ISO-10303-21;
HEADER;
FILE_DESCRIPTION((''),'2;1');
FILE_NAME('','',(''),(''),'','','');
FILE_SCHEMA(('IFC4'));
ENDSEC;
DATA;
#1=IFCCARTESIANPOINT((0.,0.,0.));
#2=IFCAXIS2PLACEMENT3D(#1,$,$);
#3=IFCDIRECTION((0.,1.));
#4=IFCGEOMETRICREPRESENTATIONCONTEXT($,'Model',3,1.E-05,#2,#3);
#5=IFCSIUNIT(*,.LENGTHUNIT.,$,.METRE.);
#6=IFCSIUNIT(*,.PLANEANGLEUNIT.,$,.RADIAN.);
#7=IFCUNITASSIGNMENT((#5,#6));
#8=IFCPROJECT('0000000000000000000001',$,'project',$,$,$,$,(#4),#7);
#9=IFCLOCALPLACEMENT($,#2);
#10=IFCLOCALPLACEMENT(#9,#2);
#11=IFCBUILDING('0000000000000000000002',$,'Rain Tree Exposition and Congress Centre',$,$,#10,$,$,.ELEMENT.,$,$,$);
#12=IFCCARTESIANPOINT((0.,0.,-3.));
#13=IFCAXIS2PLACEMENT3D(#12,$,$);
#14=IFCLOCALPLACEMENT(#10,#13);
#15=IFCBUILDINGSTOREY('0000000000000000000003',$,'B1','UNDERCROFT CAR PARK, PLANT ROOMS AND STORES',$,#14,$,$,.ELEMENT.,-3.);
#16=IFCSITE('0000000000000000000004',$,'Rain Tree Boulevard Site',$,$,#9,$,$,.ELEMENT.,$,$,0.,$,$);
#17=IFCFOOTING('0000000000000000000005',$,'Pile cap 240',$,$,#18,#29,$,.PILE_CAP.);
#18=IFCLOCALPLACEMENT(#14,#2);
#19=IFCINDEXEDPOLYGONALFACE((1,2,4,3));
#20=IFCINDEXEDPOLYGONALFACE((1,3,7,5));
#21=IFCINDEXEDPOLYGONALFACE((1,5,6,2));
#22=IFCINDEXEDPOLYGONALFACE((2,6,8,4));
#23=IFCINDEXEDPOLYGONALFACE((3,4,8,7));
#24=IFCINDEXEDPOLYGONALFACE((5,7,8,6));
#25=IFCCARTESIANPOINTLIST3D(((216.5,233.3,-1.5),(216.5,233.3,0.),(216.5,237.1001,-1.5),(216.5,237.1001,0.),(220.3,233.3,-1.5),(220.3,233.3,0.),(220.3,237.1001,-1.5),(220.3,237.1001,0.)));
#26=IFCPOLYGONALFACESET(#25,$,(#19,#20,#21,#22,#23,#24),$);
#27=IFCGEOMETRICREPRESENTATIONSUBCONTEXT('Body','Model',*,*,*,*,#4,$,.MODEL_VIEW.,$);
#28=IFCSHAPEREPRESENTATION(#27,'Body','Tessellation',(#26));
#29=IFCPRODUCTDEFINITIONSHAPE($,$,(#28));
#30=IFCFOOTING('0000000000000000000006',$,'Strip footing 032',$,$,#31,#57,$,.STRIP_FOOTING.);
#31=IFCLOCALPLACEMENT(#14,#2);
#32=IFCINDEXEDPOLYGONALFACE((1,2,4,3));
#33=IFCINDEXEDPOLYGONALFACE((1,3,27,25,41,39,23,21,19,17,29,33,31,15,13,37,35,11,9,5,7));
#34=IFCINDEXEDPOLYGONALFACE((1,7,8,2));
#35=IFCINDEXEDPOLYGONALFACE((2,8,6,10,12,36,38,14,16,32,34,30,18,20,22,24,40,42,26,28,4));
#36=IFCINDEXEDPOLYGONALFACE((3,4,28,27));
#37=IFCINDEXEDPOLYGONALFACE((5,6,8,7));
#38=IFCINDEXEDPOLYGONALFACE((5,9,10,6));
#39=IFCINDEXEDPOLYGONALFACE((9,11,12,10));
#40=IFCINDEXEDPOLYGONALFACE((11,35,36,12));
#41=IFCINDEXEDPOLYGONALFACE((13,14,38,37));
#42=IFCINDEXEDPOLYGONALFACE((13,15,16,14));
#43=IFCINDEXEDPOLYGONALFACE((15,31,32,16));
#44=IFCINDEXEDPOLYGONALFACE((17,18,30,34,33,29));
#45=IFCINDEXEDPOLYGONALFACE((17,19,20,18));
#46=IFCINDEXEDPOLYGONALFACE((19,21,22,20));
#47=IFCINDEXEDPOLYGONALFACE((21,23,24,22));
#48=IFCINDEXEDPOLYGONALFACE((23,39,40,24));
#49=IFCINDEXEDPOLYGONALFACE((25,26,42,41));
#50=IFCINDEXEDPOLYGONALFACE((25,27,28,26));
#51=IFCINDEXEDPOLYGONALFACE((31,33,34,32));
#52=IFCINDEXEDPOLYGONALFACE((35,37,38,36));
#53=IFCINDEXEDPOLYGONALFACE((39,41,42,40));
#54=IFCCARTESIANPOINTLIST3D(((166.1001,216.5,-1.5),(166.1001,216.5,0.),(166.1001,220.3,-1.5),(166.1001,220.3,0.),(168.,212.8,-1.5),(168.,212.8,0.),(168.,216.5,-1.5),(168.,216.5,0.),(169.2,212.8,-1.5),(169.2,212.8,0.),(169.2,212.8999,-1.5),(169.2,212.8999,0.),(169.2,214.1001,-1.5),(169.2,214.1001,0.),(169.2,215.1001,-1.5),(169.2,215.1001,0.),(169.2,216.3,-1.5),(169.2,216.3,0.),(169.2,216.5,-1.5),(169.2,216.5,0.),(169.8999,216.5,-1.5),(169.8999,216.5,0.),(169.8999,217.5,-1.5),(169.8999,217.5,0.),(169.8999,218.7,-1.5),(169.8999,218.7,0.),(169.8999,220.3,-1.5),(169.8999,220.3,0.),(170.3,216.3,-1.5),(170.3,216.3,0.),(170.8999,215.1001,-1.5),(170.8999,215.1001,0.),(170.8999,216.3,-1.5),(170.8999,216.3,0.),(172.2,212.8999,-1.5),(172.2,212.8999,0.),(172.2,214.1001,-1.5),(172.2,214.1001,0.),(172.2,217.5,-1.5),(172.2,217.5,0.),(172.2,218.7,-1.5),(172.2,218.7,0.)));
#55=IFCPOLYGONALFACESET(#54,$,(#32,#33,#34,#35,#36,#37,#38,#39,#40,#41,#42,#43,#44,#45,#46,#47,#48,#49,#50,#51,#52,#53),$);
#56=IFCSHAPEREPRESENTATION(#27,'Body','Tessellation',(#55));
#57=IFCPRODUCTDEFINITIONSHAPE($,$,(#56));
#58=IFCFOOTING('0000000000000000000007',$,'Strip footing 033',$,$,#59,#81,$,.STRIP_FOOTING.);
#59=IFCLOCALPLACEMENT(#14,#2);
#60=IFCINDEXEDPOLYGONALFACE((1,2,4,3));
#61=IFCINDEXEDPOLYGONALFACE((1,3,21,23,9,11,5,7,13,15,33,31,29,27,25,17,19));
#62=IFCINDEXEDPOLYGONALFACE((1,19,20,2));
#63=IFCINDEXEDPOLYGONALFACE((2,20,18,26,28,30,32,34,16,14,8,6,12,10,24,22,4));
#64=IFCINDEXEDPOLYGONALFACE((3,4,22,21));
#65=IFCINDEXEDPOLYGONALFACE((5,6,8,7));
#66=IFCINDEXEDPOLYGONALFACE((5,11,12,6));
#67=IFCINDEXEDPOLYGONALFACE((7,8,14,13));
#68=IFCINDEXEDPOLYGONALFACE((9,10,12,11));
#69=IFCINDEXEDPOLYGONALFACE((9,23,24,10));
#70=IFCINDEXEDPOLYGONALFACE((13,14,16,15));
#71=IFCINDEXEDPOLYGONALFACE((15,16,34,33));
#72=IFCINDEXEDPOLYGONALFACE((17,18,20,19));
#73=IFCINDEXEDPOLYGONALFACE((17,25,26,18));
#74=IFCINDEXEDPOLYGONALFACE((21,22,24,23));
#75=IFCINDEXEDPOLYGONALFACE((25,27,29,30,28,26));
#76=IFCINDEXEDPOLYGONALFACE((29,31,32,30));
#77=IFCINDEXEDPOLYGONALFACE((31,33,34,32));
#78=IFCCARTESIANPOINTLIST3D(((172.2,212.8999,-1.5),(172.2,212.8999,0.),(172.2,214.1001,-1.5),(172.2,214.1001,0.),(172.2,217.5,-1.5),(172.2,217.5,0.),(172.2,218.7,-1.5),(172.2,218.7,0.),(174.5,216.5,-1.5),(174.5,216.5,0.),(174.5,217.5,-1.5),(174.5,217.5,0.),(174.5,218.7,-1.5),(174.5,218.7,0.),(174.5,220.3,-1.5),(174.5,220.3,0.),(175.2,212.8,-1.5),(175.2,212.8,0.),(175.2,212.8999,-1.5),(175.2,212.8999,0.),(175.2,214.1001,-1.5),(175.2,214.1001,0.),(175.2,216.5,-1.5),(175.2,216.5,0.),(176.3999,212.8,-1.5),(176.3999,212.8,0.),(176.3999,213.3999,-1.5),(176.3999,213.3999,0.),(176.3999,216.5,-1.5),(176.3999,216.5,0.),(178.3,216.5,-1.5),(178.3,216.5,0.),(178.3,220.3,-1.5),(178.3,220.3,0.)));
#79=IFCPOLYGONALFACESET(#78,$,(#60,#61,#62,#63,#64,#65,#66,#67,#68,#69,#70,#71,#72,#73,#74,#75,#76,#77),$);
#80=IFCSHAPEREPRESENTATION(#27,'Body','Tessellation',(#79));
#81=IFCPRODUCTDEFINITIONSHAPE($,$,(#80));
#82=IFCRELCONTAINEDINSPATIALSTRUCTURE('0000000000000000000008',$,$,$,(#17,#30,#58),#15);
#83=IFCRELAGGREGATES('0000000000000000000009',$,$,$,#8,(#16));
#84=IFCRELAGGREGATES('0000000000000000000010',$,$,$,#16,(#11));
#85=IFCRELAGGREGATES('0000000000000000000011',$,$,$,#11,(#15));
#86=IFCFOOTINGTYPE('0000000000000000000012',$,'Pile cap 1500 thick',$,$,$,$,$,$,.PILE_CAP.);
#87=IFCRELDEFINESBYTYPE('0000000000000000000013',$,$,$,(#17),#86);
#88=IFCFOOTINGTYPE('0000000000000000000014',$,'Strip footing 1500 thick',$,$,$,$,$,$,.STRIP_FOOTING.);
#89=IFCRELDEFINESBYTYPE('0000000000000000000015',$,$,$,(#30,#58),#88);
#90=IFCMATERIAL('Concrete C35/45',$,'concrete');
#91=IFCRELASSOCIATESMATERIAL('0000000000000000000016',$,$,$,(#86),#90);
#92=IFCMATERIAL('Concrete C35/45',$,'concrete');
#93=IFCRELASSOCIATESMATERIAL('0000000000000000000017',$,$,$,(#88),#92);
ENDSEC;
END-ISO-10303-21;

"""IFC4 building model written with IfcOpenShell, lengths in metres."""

from ifc_helpers import new_model, si_unit, direction, frame, origin, place, context, subcontext, project, spatial, polyline, outline, extrude, material, type_object, element, save


model = new_model("IFC4")

# Units and contexts
model_context = context("Model", 3, precision=1e-05, world=origin(), true_north=direction((0.0, 1.0)))
body_context = subcontext(model_context, "Body", "Model", "MODEL_VIEW")
ifc_project = project(units=[si_unit("LENGTHUNIT", "METRE"), si_unit("PLANEANGLEUNIT", "RADIAN")], contexts=[model_context])

# Site, building, storey
site_placement = place(None, origin())
site = spatial("IfcSite", under=ifc_project, at=site_placement, Name="Rain Tree Boulevard Site", CompositionType="ELEMENT", RefElevation=0.0)
building_placement = place(site_placement, origin())
building = spatial("IfcBuilding", under=site, at=building_placement, Name="Rain Tree Exposition and Congress Centre", CompositionType="ELEMENT")
storey_placement = place(building_placement, frame((0.0, 0.0, -3.0)))
storey = spatial("IfcBuildingStorey", under=building, at=storey_placement, Name="B1", Description="UNDERCROFT CAR PARK, PLANT ROOMS AND STORES", CompositionType="ELEMENT", Elevation=-3.0)

# Footings
ifc_material_1 = material(Name="Concrete C35/45", Category="concrete")
footing_type_1 = type_object("IfcFootingType", Name="Pile cap 1500 thick", PredefinedType="PILE_CAP", material=ifc_material_1)
footing_1_placement = place(storey_placement, frame((0.0, 0.0, -1.5)))
element("IfcFooting", 1, at=footing_1_placement, inside=storey, type_object=footing_type_1, Name="Pile cap 240", PredefinedType="PILE_CAP", context=body_context, shape_type="SweptSolid", body=[
    extrude(outline(polyline([(220.3, 233.3), (220.3, 237.1001), (216.5, 237.1001), (216.5, 233.3), (220.3, 233.3)])), origin(), (0.0, 0.0, 1.0), 1.5),
])
ifc_material_2 = material(Name="Concrete C35/45", Category="concrete")
footing_type_2 = type_object("IfcFootingType", Name="Strip footing 1500 thick", PredefinedType="STRIP_FOOTING", material=ifc_material_2)
footing_2_placement = place(storey_placement, frame((0.0, 0.0, -1.5)))
element("IfcFooting", 2, at=footing_2_placement, inside=storey, type_object=footing_type_2, Name="Strip footing 032", PredefinedType="STRIP_FOOTING", context=body_context, shape_type="SweptSolid", body=[
    extrude(outline(polyline([(169.2, 212.8), (169.2, 212.8999), (172.2, 212.8999), (172.2, 214.1001), (169.2, 214.1001), (169.2, 215.1001), (170.8999, 215.1001), (170.8999, 216.3), (170.3, 216.3), (169.2, 216.3), (169.2, 216.5), (169.8999, 216.5), (169.8999, 217.5), (172.2, 217.5), (172.2, 218.7), (169.8999, 218.7), (169.8999, 220.3), (166.1001, 220.3), (166.1001, 216.5), (168.0, 216.5), (168.0, 212.8), (169.2, 212.8)])), origin(), (0.0, 0.0, 1.0), 1.5),
])
footing_3_placement = place(storey_placement, frame((0.0, 0.0, -1.5)))
element("IfcFooting", 3, at=footing_3_placement, inside=storey, type_object=footing_type_2, Name="Strip footing 033", PredefinedType="STRIP_FOOTING", context=body_context, shape_type="SweptSolid", body=[
    extrude(outline(polyline([(174.5, 218.7), (172.2, 218.7), (172.2, 217.5), (174.5, 217.5), (174.5, 216.5), (175.2, 216.5), (175.2, 214.1001), (172.2, 214.1001), (172.2, 212.8999), (175.2, 212.8999), (175.2, 212.8), (176.3999, 212.8), (176.3999, 213.3999), (176.3999, 216.5), (178.3, 216.5), (178.3, 220.3), (174.5, 220.3), (174.5, 218.7)])), origin(), (0.0, 0.0, 1.0), 1.5),
])

save(model, "model.ifc")
